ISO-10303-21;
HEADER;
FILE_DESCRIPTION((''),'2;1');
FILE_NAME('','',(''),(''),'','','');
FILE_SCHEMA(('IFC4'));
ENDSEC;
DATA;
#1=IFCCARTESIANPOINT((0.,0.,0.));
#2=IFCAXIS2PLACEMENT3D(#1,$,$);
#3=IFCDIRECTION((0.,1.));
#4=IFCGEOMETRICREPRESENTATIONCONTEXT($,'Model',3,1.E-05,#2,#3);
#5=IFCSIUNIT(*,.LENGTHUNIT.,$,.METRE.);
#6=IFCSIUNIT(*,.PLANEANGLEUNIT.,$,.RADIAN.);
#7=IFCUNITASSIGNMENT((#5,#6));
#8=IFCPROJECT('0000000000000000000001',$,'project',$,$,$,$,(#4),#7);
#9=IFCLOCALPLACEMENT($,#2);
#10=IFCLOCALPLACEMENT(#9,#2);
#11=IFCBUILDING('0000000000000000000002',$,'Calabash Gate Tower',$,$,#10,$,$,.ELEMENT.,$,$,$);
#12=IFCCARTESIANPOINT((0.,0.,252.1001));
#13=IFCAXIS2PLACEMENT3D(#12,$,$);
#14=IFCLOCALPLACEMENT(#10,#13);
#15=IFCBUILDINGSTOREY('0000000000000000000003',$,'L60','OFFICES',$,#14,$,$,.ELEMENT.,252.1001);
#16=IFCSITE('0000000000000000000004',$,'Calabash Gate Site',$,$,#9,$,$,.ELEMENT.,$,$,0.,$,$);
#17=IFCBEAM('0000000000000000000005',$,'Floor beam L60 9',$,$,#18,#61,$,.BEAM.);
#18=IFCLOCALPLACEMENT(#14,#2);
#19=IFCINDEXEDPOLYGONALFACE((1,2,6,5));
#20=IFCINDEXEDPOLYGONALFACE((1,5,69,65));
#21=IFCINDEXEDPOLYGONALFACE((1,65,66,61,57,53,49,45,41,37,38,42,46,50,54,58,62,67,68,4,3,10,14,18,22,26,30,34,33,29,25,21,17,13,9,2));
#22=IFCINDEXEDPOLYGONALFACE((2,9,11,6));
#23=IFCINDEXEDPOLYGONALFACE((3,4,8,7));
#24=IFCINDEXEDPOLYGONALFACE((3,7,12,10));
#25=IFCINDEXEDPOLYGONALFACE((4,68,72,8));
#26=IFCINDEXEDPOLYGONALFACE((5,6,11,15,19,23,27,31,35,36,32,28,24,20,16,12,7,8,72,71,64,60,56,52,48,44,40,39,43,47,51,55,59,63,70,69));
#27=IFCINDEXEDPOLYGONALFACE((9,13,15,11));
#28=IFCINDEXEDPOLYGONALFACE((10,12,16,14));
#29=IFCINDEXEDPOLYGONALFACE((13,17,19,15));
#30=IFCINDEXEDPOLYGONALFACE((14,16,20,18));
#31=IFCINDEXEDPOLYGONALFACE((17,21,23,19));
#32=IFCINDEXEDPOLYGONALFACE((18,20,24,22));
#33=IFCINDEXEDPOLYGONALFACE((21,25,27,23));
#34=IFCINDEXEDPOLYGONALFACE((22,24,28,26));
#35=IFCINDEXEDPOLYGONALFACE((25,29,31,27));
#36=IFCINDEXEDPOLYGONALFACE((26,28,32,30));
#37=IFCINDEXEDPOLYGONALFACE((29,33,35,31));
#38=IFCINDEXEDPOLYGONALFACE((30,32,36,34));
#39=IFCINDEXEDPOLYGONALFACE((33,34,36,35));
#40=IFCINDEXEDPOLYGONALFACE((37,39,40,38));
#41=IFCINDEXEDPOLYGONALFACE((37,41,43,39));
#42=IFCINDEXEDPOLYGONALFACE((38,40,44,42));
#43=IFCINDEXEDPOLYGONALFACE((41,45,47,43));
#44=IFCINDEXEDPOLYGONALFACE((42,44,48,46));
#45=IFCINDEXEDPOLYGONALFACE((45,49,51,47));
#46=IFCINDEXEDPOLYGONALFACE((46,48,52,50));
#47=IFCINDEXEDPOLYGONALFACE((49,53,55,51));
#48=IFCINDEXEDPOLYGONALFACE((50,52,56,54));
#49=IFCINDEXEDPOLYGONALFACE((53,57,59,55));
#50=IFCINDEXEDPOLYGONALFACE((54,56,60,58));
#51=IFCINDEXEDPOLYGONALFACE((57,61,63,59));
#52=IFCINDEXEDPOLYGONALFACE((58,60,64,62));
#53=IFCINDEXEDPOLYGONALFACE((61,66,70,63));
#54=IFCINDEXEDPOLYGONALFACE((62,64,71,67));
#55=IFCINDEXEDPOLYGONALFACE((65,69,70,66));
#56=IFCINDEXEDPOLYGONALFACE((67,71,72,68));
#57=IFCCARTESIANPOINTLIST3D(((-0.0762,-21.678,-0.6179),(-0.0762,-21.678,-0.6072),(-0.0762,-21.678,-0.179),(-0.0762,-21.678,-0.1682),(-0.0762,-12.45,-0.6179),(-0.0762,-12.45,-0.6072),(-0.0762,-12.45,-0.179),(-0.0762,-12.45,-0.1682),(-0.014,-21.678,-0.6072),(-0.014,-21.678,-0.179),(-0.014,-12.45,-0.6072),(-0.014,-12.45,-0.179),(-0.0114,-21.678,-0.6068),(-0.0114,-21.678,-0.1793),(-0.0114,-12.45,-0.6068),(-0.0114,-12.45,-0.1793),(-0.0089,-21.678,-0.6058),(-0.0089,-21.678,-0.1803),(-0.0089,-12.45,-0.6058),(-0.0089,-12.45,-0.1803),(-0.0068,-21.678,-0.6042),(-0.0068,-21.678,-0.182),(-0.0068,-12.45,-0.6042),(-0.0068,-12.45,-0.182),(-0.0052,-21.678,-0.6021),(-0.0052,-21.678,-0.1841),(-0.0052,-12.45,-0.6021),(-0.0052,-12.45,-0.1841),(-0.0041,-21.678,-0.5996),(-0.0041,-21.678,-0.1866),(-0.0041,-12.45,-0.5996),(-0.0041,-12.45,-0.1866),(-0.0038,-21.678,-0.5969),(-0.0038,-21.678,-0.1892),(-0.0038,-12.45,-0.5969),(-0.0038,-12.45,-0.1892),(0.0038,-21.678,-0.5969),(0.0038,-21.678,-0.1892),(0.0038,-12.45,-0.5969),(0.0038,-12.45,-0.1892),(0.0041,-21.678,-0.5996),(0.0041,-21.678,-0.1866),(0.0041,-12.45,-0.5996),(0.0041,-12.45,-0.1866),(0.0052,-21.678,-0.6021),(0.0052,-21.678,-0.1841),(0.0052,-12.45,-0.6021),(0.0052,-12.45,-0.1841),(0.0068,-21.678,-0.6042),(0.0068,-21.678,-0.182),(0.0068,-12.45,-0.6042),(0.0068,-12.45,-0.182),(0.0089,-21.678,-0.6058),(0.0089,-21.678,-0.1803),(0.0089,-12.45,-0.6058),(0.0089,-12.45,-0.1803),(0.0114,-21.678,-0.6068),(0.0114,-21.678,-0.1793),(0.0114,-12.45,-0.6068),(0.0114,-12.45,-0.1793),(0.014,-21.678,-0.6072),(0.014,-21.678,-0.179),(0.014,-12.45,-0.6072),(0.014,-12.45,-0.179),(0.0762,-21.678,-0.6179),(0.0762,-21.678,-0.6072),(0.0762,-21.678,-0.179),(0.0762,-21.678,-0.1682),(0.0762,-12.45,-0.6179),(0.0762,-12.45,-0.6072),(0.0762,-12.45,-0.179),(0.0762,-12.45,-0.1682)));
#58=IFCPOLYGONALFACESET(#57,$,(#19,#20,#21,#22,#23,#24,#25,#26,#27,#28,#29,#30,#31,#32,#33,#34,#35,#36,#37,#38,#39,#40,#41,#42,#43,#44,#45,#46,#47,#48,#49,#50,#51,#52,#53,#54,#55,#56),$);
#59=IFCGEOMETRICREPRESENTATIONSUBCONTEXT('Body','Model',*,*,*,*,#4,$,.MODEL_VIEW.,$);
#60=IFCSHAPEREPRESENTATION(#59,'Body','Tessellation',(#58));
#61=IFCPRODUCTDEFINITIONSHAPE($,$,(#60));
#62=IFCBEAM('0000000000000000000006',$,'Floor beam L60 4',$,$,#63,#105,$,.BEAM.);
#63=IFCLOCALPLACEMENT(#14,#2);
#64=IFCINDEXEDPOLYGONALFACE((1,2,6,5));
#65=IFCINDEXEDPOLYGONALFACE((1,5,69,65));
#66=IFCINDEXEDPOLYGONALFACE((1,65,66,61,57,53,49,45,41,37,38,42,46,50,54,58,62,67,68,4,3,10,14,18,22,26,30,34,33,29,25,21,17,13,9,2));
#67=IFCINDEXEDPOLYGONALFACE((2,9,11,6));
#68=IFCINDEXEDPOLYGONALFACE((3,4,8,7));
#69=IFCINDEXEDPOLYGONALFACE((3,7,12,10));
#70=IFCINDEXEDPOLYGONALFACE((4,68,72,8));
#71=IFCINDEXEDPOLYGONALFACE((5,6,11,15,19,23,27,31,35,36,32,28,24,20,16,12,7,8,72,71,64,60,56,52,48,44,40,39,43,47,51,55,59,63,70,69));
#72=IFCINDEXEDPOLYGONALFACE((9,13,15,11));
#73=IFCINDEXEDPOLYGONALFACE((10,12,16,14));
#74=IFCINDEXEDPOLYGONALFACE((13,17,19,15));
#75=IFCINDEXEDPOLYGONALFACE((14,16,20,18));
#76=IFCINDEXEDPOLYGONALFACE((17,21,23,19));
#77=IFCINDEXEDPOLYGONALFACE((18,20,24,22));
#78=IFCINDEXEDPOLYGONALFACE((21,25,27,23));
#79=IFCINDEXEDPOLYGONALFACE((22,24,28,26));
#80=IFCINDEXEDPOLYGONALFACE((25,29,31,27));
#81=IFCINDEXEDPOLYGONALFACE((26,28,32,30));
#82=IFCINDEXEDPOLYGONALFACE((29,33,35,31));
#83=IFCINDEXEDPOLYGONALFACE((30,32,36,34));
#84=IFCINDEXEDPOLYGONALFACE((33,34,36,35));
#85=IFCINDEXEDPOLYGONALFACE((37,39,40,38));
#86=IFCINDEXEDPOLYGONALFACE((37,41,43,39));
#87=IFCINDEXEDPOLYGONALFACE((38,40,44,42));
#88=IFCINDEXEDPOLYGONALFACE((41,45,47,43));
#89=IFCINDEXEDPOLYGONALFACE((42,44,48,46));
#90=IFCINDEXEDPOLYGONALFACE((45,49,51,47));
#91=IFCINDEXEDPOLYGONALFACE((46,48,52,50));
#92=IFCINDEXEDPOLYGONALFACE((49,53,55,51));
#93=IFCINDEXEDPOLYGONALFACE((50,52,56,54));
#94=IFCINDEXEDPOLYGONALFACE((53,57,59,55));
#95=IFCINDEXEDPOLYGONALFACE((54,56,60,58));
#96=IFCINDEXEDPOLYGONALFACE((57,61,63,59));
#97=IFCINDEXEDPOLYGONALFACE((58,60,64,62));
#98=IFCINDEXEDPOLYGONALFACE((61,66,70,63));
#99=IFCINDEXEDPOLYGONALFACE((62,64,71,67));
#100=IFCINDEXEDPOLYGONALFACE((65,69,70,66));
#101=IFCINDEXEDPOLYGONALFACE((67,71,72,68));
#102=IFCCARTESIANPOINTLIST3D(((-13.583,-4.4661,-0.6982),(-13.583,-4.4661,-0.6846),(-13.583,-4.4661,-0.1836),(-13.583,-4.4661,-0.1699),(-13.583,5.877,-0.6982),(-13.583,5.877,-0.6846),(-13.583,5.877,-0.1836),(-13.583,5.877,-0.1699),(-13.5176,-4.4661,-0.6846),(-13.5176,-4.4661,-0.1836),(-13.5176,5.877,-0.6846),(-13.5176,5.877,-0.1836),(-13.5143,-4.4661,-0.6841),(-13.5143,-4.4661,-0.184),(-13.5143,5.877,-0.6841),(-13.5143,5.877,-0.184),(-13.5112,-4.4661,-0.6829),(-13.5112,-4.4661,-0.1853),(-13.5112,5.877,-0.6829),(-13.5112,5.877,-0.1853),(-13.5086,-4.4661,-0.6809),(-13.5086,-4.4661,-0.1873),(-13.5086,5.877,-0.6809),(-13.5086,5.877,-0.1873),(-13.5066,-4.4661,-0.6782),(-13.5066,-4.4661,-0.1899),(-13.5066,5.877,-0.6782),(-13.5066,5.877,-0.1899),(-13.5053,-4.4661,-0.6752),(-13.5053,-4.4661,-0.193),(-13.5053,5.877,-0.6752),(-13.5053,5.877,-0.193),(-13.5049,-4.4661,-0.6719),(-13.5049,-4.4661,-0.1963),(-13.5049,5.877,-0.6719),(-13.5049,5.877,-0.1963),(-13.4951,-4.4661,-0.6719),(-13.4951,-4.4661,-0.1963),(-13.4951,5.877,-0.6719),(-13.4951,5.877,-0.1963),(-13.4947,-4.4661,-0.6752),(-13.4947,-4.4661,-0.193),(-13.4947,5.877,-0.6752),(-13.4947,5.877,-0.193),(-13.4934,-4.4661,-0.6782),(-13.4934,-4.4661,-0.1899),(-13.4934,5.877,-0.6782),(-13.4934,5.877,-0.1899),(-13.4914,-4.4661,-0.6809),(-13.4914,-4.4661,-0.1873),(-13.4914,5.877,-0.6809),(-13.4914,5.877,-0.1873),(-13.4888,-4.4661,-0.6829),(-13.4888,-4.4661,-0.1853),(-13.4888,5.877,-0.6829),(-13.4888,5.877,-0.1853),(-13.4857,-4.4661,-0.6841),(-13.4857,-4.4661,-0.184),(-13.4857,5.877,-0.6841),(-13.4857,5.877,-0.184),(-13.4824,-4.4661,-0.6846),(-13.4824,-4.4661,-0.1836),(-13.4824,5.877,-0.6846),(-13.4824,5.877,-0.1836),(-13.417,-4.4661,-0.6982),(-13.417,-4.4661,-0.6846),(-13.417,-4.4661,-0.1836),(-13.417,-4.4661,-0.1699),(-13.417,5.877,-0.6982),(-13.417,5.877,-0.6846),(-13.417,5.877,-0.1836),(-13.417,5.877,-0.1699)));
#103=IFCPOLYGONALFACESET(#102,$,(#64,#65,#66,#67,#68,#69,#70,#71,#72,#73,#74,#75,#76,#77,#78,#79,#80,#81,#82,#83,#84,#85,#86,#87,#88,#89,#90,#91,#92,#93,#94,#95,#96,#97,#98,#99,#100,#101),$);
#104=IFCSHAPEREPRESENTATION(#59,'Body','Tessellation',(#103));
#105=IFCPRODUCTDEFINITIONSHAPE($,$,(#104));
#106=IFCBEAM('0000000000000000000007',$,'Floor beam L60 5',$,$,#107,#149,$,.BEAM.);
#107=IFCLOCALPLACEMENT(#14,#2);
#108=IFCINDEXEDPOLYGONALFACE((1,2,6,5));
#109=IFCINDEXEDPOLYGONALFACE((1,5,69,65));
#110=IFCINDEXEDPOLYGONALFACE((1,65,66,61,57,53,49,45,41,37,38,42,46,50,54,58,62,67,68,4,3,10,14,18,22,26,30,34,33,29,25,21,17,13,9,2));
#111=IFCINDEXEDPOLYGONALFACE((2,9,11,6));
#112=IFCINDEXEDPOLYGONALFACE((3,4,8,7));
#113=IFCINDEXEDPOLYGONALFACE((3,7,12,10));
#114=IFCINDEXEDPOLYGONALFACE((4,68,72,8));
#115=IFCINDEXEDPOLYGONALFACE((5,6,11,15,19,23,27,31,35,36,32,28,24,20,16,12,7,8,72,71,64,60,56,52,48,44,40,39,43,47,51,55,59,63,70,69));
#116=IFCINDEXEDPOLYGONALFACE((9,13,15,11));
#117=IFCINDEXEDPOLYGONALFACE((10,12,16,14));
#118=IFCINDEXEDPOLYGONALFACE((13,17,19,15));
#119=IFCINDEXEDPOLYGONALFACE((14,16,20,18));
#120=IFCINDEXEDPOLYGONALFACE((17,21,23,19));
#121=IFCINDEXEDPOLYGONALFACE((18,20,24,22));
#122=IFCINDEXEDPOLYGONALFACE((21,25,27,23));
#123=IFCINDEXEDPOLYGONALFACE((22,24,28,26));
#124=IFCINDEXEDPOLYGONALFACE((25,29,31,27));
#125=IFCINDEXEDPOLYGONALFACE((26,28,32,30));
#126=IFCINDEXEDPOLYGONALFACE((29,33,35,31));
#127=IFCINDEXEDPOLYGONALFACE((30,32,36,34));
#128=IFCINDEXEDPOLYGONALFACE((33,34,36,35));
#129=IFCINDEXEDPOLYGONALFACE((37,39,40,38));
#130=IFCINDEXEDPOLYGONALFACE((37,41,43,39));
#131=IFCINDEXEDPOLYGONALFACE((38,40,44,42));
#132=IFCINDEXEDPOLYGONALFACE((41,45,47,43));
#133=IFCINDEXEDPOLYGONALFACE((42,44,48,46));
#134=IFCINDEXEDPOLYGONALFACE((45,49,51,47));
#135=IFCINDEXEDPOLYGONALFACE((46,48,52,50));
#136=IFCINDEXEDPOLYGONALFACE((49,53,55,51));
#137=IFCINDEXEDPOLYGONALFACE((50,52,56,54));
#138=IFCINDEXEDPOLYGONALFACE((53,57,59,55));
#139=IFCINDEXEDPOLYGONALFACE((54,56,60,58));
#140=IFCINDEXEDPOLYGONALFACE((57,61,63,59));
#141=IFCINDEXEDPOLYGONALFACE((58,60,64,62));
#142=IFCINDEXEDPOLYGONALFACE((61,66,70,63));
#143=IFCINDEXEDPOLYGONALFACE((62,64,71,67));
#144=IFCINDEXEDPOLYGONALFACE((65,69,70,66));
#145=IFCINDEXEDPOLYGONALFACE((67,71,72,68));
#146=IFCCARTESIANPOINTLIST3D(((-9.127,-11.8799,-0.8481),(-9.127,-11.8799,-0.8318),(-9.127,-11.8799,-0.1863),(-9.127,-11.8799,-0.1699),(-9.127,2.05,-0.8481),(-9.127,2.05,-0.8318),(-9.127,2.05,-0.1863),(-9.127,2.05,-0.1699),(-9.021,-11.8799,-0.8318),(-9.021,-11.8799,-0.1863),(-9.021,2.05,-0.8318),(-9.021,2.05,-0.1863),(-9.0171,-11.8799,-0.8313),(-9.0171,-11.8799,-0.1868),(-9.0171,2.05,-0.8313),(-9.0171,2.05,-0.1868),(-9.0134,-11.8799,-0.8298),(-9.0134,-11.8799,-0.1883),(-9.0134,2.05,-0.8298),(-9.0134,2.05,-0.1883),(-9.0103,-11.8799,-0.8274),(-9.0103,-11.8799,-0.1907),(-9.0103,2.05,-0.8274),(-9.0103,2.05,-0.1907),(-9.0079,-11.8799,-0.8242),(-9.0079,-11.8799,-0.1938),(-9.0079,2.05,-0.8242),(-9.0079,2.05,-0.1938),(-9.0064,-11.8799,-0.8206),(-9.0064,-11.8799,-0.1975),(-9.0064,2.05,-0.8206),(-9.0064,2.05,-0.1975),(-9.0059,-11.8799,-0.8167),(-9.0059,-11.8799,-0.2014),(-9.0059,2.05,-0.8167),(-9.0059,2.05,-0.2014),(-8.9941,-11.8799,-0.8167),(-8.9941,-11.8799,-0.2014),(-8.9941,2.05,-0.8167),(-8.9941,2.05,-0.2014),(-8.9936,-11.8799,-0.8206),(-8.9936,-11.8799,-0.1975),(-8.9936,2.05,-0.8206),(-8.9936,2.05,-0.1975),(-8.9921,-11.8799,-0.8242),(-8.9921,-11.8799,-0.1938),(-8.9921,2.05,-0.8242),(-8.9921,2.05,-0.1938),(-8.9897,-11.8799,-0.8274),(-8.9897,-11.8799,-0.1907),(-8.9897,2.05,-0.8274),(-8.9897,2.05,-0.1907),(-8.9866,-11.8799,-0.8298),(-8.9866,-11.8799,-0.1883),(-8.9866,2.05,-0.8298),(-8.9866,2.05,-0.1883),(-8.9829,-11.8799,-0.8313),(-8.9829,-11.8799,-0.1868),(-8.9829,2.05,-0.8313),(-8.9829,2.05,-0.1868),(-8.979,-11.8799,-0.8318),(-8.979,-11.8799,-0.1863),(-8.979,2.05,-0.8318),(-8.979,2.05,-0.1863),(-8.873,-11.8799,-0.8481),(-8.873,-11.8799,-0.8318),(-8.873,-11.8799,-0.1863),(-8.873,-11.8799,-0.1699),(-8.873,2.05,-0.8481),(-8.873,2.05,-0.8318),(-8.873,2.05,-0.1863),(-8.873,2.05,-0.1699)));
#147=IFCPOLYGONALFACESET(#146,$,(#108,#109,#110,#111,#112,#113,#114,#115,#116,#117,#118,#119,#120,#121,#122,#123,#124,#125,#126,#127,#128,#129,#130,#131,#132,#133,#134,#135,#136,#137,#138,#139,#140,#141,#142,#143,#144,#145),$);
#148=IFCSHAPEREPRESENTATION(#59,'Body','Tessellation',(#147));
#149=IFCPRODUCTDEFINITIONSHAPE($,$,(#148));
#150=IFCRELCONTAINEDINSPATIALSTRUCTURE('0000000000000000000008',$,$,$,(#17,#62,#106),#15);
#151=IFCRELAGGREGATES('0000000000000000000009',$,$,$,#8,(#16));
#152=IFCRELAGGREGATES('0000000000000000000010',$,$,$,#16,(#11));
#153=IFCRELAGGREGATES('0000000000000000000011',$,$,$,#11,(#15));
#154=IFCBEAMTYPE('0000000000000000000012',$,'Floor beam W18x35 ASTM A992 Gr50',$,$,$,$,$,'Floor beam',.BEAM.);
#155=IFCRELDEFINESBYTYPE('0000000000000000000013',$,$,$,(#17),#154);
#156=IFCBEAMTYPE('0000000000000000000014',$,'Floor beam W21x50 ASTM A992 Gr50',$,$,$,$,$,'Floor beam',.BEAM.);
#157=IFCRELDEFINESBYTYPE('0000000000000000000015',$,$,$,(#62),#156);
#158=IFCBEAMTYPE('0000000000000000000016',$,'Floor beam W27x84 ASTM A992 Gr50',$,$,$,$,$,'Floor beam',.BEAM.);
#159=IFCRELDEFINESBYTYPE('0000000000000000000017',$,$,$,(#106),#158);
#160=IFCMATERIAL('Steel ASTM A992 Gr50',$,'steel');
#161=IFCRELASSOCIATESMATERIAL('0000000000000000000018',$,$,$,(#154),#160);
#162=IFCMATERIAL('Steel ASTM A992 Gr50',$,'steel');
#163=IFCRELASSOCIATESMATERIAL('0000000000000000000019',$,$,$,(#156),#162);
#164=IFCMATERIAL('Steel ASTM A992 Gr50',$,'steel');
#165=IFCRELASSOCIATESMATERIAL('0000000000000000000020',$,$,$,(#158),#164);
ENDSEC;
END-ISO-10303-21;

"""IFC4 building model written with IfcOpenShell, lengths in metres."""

from ifc_helpers import new_model, si_unit, direction, frame, origin, origin_2d, place, context, subcontext, project, spatial, i_section, extrude, material, material_profile, profile_set, type_object, element, save


model = new_model("IFC4")

# Units and contexts
model_context = context("Model", 3, precision=1e-05, world=origin(), true_north=direction((0.0, 1.0)))
body_context = subcontext(model_context, "Body", "Model", "MODEL_VIEW")
ifc_project = project(units=[si_unit("LENGTHUNIT", "METRE"), si_unit("PLANEANGLEUNIT", "RADIAN")], contexts=[model_context])

# Site, building, storey
site_placement = place(None, origin())
site = spatial("IfcSite", under=ifc_project, at=site_placement, Name="Calabash Gate Site", CompositionType="ELEMENT", RefElevation=0.0)
building_placement = place(site_placement, origin())
building = spatial("IfcBuilding", under=site, at=building_placement, Name="Calabash Gate Tower", CompositionType="ELEMENT")
storey_placement = place(building_placement, frame((0.0, 0.0, 252.1001)))
storey = spatial("IfcBuildingStorey", under=building, at=storey_placement, Name="L60", Description="OFFICES", CompositionType="ELEMENT", Elevation=252.1001)

# Beams
ifc_material_1 = material(Name="Steel ASTM A992 Gr50", Category="steel")
ifc_material_profile_1 = material_profile(ifc_material_1, i_section(OverallWidth=0.1523, OverallDepth=0.4497, WebThickness=0.0076, FlangeThickness=0.0107, FilletRadius=0.0103, at=origin_2d()))
ifc_profile_set_1 = profile_set([ifc_material_profile_1], Name="Steel ASTM A992 Gr50")
beam_type_1 = type_object("IfcBeamType", Name="Floor beam W18x35 ASTM A992 Gr50", ElementType="Floor beam", PredefinedType="BEAM", material=ifc_profile_set_1)
beam_1_placement = place(storey_placement, frame((0.0, -21.678, -0.3931), z_axis=(0.0, 1.0, 0.0), x_axis=(-1.0, 0.0, 0.0)))
element("IfcBeam", 1, at=beam_1_placement, inside=storey, type_object=beam_type_1, Name="Floor beam L60 9", PredefinedType="BEAM", context=body_context, shape_type="SweptSolid", body=[
    extrude(i_section(OverallWidth=0.1523, OverallDepth=0.4497, WebThickness=0.0076, FlangeThickness=0.0107, FilletRadius=0.0103, at=origin_2d()), origin(), (0.0, 0.0, 1.0), 9.228),
])
ifc_material_2 = material(Name="Steel ASTM A992 Gr50", Category="steel")
ifc_material_profile_2 = material_profile(ifc_material_2, i_section(OverallWidth=0.166, OverallDepth=0.5283, WebThickness=0.0098, FlangeThickness=0.0137, FilletRadius=0.0127, at=origin_2d()))
ifc_profile_set_2 = profile_set([ifc_material_profile_2], Name="Steel ASTM A992 Gr50")
beam_type_2 = type_object("IfcBeamType", Name="Floor beam W21x50 ASTM A992 Gr50", ElementType="Floor beam", PredefinedType="BEAM", material=ifc_profile_set_2)
beam_2_placement = place(storey_placement, frame((-13.5, -4.4661, -0.4341), z_axis=(0.0, 1.0, 0.0), x_axis=(-1.0, 0.0, 0.0)))
element("IfcBeam", 2, at=beam_2_placement, inside=storey, type_object=beam_type_2, Name="Floor beam L60 4", PredefinedType="BEAM", context=body_context, shape_type="SweptSolid", body=[
    extrude(i_section(OverallWidth=0.166, OverallDepth=0.5283, WebThickness=0.0098, FlangeThickness=0.0137, FilletRadius=0.0127, at=origin_2d()), origin(), (0.0, 0.0, 1.0), 10.343),
])
ifc_material_3 = material(Name="Steel ASTM A992 Gr50", Category="steel")
ifc_material_profile_3 = material_profile(ifc_material_3, i_section(OverallWidth=0.2539, OverallDepth=0.6782, WebThickness=0.0117, FlangeThickness=0.0164, FilletRadius=0.0151, at=origin_2d()))
ifc_profile_set_3 = profile_set([ifc_material_profile_3], Name="Steel ASTM A992 Gr50")
beam_type_3 = type_object("IfcBeamType", Name="Floor beam W27x84 ASTM A992 Gr50", ElementType="Floor beam", PredefinedType="BEAM", material=ifc_profile_set_3)
beam_3_placement = place(storey_placement, frame((-9.0, -11.8799, -0.509), z_axis=(0.0, 1.0, 0.0), x_axis=(-1.0, 0.0, 0.0)))
element("IfcBeam", 3, at=beam_3_placement, inside=storey, type_object=beam_type_3, Name="Floor beam L60 5", PredefinedType="BEAM", context=body_context, shape_type="SweptSolid", body=[
    extrude(i_section(OverallWidth=0.2539, OverallDepth=0.6782, WebThickness=0.0117, FlangeThickness=0.0164, FilletRadius=0.0151, at=origin_2d()), origin(), (0.0, 0.0, 1.0), 13.9299),
])

save(model, "model.ifc")
